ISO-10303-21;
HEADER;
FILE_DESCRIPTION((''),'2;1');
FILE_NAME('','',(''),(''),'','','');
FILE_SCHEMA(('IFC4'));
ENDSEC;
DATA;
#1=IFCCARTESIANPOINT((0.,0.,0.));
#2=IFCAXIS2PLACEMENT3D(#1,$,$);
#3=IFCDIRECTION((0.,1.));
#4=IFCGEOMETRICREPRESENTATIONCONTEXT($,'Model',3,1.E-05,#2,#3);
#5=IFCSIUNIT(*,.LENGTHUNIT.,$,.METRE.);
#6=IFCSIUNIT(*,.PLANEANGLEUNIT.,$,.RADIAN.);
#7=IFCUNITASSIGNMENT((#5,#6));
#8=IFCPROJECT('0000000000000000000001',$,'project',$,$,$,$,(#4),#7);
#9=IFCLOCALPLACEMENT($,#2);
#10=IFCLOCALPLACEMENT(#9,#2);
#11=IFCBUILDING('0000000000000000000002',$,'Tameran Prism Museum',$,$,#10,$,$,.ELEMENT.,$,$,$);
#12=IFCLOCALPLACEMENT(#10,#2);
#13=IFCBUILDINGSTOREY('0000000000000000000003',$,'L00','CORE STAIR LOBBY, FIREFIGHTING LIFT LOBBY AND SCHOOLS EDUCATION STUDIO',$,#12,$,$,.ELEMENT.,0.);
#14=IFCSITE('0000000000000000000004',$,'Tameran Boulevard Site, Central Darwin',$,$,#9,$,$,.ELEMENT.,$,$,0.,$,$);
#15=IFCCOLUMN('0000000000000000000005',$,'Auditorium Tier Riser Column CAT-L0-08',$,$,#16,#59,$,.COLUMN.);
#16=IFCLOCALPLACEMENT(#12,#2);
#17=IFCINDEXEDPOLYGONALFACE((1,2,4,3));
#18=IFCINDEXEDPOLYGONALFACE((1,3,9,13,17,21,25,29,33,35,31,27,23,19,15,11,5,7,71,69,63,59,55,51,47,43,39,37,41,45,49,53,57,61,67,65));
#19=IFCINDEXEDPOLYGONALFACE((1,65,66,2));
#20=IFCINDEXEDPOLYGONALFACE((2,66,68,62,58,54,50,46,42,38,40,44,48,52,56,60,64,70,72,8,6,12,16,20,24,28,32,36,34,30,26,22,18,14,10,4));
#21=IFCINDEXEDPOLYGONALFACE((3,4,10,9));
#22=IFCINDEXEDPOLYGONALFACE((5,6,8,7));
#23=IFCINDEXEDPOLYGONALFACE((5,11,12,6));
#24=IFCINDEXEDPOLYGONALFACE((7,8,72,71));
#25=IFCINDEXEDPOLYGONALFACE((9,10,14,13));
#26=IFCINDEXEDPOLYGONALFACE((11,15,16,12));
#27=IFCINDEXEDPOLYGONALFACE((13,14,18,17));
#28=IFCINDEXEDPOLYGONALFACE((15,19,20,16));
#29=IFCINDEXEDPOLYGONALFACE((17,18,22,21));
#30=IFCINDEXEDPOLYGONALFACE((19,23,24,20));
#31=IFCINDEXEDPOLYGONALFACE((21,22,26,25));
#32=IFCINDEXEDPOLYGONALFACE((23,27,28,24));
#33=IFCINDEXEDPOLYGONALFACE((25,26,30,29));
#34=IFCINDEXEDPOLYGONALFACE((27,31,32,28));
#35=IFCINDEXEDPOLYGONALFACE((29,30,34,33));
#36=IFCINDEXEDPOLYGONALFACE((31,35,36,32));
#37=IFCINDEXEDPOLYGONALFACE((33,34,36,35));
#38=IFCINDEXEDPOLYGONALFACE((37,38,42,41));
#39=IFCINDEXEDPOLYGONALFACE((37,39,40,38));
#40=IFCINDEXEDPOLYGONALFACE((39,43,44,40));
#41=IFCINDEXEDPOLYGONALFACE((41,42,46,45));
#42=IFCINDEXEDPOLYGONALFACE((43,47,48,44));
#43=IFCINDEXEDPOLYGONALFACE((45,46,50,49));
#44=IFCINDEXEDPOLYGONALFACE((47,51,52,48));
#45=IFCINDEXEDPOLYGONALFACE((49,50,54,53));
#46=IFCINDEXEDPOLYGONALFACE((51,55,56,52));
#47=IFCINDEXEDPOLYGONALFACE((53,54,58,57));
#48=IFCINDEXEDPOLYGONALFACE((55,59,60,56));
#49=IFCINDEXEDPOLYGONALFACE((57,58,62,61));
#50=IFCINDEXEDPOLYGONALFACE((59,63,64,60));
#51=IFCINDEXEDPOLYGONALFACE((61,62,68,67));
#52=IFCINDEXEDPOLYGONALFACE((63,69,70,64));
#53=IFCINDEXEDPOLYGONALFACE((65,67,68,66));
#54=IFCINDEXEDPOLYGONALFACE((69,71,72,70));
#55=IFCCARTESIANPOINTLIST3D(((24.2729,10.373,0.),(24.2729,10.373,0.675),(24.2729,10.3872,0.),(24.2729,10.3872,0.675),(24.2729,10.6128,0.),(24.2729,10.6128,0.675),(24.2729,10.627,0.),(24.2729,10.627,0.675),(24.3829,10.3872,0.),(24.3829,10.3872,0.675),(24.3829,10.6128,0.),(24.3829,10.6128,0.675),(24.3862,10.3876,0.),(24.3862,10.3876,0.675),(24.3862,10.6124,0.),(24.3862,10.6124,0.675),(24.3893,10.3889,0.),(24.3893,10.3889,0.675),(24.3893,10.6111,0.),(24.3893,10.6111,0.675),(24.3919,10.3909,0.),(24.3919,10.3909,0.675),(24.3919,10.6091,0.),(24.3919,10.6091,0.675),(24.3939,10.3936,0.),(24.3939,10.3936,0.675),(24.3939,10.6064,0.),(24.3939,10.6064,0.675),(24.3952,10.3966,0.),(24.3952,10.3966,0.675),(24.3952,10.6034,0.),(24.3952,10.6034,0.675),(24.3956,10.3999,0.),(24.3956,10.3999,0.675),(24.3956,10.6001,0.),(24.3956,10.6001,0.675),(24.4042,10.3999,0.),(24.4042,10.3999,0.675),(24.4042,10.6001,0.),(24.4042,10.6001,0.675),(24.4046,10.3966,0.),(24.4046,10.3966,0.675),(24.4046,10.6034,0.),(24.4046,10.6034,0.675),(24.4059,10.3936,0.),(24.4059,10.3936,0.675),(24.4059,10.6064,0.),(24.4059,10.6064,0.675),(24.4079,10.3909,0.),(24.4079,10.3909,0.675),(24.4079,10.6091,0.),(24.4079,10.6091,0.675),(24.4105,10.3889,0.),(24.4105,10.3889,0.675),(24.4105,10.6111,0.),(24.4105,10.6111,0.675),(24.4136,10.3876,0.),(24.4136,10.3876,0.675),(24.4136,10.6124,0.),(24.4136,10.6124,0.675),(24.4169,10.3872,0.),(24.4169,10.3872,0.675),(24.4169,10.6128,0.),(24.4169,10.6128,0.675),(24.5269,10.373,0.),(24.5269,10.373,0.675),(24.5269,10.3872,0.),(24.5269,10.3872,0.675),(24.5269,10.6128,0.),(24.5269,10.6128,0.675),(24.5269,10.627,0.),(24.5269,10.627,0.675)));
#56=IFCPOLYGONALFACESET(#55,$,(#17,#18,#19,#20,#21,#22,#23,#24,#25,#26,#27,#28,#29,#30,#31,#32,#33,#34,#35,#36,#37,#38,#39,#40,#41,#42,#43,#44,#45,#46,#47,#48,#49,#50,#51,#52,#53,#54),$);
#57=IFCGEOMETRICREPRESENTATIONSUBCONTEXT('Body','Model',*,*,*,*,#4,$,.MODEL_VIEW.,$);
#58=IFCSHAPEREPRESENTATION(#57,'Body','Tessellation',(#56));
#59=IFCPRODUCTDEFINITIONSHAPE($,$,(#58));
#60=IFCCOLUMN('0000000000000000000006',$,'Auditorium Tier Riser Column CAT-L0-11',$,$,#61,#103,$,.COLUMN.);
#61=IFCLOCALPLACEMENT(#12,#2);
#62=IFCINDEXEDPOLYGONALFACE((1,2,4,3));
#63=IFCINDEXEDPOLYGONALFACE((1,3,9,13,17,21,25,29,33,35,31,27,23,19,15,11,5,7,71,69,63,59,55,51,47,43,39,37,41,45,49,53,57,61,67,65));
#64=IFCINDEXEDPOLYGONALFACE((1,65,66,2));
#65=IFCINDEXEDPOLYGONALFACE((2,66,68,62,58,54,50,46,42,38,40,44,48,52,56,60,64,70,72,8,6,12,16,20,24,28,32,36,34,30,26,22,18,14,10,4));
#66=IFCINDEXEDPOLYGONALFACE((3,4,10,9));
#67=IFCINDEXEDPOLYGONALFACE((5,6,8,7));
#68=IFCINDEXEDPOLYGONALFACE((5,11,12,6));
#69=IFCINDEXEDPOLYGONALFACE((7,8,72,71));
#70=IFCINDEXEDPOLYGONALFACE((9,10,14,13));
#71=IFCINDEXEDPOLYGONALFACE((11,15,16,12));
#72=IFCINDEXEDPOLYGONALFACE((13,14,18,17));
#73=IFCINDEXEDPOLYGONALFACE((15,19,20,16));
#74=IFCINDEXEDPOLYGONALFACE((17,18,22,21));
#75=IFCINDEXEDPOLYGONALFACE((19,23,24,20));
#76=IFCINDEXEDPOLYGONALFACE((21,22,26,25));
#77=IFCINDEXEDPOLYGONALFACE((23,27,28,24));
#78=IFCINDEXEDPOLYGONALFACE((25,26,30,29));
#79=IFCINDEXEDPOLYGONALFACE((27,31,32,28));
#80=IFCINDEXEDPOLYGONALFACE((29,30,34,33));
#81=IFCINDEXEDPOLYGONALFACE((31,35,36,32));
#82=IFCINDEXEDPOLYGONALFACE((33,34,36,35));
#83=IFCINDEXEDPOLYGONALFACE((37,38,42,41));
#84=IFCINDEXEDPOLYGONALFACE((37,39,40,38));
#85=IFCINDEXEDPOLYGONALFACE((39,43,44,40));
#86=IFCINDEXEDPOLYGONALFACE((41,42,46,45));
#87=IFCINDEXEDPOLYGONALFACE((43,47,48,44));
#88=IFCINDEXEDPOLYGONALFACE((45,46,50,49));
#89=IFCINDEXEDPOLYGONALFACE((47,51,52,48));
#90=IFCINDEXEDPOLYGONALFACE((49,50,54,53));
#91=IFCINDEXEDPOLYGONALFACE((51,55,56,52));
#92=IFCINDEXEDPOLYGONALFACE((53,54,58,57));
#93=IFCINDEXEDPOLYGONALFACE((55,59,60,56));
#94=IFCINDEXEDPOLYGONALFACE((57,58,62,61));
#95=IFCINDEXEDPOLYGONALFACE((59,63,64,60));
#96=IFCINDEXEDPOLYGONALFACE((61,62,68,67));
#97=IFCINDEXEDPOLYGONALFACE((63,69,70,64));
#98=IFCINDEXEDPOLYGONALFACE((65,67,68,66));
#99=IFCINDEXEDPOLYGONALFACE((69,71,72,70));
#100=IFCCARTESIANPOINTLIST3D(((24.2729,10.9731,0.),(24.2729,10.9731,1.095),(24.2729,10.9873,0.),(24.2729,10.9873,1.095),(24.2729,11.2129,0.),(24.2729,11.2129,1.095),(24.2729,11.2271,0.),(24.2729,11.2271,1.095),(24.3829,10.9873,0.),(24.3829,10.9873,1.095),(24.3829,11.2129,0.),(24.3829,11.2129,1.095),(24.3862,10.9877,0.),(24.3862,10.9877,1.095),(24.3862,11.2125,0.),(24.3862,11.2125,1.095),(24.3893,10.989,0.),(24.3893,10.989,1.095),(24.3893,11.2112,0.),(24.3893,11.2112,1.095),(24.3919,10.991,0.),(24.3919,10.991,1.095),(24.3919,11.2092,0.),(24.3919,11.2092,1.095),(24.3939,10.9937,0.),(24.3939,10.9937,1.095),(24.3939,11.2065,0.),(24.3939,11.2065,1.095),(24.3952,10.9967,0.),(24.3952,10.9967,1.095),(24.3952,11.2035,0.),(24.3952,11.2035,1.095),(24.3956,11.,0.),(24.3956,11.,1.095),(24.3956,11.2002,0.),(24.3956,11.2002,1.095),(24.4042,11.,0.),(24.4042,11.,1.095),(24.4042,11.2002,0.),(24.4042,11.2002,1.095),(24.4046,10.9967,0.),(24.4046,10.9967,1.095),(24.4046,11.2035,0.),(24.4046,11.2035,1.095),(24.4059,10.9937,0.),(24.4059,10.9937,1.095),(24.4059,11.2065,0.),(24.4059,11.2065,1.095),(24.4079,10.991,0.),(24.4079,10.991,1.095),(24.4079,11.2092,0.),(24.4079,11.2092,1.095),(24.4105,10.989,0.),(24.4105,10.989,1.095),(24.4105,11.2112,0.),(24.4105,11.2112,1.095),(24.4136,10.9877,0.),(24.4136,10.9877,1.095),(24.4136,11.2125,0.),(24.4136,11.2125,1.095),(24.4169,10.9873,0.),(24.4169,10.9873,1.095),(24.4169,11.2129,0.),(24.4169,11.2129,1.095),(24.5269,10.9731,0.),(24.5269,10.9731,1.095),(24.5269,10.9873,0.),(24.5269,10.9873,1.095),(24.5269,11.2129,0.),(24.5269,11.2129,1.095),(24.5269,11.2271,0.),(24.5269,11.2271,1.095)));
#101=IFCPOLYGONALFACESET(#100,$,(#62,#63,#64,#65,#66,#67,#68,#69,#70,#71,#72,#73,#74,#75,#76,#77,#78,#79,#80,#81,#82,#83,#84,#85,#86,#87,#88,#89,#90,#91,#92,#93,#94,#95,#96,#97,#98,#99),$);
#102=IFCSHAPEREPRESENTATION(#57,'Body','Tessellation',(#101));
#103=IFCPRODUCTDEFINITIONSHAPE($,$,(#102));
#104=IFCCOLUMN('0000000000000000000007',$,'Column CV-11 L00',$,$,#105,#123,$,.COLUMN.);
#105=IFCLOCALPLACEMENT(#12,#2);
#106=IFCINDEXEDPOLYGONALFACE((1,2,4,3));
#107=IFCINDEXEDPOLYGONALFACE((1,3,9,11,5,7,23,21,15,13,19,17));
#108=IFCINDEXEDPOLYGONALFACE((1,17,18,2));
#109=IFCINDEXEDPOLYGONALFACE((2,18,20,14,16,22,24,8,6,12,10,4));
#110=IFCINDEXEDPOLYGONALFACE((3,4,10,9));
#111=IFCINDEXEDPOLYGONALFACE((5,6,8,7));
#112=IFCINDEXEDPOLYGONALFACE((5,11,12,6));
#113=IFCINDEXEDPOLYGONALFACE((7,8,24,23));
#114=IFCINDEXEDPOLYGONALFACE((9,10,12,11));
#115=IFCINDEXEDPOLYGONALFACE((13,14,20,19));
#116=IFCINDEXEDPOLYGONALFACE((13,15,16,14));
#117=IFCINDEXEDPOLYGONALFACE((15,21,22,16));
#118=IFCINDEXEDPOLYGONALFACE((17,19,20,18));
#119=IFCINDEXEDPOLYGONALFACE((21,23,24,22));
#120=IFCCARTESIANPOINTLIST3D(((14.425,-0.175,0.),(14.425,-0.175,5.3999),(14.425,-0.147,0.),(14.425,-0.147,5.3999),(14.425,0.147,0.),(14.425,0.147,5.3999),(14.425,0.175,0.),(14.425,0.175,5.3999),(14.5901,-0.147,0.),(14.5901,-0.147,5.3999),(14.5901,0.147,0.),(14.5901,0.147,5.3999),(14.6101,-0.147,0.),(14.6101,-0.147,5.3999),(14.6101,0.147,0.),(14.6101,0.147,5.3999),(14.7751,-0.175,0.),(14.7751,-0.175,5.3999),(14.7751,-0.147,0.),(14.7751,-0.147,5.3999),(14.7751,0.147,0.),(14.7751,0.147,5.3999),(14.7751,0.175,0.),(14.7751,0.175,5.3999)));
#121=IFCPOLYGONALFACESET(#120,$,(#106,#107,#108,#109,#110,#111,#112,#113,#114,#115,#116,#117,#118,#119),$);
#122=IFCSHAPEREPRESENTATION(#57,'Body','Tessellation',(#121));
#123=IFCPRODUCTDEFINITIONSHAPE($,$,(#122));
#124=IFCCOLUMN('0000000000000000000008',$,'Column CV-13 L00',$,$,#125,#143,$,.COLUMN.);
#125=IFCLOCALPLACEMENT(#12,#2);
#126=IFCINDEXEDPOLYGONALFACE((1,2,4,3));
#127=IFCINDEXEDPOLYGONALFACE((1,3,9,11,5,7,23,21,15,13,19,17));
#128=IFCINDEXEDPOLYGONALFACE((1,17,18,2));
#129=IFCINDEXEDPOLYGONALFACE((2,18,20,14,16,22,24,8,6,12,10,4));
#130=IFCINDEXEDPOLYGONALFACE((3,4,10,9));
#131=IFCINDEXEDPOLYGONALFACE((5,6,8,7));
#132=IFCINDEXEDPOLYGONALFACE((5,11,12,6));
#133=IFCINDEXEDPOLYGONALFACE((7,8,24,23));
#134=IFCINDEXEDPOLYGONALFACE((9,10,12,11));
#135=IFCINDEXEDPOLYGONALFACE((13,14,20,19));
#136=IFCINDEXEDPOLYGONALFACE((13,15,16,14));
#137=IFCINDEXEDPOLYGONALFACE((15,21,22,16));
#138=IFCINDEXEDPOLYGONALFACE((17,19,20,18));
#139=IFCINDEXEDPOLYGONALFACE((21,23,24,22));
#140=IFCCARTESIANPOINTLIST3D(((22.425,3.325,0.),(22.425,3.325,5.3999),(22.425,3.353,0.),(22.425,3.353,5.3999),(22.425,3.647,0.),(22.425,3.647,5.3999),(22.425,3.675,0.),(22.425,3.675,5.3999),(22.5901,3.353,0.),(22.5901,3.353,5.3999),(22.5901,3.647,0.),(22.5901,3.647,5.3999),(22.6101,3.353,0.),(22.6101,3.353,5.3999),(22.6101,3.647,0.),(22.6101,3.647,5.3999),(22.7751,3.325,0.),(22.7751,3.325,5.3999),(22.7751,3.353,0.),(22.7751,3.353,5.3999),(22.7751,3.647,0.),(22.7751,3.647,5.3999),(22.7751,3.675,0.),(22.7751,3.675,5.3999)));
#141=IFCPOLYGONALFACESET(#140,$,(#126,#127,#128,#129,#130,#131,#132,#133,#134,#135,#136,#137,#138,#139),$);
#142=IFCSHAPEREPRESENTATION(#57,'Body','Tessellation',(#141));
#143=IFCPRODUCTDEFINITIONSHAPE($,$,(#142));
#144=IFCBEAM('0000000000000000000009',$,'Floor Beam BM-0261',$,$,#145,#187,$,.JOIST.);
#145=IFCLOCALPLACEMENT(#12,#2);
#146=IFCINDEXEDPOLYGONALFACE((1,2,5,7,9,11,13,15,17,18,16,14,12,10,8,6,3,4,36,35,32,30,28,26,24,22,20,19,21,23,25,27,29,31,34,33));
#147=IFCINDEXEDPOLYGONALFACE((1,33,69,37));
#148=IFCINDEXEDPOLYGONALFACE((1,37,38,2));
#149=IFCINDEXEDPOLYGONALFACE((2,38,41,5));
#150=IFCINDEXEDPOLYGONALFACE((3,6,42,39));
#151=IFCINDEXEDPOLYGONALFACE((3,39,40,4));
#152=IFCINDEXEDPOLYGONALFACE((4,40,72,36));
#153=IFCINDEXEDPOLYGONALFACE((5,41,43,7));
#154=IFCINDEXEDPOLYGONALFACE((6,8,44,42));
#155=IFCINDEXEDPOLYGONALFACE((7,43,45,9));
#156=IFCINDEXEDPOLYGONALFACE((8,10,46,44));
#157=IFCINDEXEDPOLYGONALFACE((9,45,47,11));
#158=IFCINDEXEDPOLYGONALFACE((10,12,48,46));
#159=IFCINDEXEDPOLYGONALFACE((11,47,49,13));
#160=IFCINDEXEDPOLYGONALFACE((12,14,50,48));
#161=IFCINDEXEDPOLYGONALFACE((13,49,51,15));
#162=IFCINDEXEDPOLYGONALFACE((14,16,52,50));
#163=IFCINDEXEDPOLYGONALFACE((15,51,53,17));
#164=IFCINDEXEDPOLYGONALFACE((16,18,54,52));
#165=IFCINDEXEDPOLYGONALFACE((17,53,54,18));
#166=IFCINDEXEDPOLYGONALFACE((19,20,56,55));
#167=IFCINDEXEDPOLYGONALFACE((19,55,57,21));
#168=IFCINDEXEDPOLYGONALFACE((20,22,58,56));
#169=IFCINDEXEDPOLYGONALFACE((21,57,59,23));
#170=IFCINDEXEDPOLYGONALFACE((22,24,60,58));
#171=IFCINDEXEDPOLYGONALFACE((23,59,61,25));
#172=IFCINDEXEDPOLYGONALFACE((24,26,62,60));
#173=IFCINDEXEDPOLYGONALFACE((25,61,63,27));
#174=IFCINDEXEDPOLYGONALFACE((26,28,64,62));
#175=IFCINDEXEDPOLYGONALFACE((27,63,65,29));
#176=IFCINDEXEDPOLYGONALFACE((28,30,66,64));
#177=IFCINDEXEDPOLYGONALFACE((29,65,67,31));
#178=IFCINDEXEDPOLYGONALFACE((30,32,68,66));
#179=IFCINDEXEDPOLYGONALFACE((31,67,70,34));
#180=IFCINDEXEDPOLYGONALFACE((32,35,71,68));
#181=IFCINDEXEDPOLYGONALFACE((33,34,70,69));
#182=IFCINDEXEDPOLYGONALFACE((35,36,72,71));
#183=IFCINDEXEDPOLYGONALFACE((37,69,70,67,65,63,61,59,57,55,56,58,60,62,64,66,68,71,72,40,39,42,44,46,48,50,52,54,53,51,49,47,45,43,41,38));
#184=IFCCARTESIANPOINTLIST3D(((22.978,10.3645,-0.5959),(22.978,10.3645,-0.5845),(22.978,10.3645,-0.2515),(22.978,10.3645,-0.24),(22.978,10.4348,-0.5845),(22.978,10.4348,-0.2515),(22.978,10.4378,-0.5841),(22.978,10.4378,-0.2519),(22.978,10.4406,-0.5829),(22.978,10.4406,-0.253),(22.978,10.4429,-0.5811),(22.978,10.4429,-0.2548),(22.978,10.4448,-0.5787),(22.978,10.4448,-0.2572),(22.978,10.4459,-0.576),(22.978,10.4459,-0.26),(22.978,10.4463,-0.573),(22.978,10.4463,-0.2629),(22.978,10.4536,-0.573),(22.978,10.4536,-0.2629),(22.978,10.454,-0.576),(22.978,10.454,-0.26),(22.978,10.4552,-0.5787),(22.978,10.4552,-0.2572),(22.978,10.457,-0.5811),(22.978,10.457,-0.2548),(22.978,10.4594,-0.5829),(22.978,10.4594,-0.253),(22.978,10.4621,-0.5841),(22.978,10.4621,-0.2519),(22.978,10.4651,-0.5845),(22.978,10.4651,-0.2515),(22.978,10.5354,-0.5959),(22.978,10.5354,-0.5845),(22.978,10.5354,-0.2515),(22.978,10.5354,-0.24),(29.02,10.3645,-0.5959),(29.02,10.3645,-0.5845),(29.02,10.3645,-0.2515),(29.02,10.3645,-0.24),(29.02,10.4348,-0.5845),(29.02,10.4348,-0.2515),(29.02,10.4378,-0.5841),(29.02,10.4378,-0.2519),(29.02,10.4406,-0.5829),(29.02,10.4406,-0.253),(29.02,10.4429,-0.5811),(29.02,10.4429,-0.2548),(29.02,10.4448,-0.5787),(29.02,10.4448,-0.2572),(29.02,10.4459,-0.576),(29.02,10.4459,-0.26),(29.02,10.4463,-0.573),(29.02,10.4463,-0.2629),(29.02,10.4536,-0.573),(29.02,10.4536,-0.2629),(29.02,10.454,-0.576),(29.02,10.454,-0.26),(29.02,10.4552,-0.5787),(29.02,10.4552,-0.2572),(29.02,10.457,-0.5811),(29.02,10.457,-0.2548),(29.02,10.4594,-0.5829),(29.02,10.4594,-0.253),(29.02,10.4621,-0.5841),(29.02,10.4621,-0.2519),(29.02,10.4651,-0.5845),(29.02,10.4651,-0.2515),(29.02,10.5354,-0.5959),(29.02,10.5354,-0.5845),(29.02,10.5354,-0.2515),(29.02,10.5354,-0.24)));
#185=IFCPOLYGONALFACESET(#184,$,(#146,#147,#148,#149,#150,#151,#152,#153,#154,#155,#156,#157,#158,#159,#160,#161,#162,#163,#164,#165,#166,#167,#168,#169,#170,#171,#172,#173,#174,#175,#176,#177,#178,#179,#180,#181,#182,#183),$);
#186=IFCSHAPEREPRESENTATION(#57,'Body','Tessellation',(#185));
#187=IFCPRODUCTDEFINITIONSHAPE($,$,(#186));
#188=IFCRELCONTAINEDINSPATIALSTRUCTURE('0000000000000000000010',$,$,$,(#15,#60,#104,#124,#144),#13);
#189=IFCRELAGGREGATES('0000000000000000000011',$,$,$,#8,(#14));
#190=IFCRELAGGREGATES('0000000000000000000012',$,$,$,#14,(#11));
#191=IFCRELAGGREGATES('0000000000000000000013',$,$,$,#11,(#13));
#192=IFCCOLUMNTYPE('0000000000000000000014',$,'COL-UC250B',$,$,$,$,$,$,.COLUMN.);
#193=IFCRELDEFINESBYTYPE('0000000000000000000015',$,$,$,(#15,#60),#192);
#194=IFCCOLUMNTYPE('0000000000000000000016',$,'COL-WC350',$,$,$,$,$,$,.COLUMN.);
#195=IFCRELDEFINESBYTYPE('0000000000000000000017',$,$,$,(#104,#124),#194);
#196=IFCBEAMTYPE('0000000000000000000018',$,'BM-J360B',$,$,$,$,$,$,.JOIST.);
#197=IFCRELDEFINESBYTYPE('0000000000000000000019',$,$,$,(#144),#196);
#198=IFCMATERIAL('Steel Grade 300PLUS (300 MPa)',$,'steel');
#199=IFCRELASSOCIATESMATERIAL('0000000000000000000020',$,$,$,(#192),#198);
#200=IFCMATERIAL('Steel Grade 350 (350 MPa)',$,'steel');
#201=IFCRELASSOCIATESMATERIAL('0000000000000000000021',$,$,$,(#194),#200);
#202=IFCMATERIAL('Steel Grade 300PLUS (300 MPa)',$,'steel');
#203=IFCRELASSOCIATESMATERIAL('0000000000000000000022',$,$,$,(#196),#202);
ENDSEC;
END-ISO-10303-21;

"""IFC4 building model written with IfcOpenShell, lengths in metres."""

from ifc_helpers import new_model, si_unit, direction, frame, origin, origin_2d, place, context, subcontext, project, spatial, i_section, extrude, material, material_profile, profile_set, type_object, element, save


model = new_model("IFC4")

# Units and contexts
model_context = context("Model", 3, precision=1e-05, world=origin(), true_north=direction((0.0, 1.0)))
body_context = subcontext(model_context, "Body", "Model", "MODEL_VIEW")
ifc_project = project(units=[si_unit("LENGTHUNIT", "METRE"), si_unit("PLANEANGLEUNIT", "RADIAN")], contexts=[model_context])

# Site, building, storey
site_placement = place(None, origin())
site = spatial("IfcSite", under=ifc_project, at=site_placement, Name="Tameran Boulevard Site, Central Darwin", CompositionType="ELEMENT", RefElevation=0.0)
building_placement = place(site_placement, origin())
building = spatial("IfcBuilding", under=site, at=building_placement, Name="Tameran Prism Museum", CompositionType="ELEMENT")
storey_placement = place(building_placement, origin())
storey = spatial("IfcBuildingStorey", under=building, at=storey_placement, Name="L00", Description="CORE STAIR LOBBY, FIREFIGHTING LIFT LOBBY AND SCHOOLS EDUCATION STUDIO", CompositionType="ELEMENT", Elevation=0.0)

# Columns
ifc_material_1 = material(Name="Steel Grade 300PLUS (300 MPa)", Category="steel")
ifc_material_profile_1 = material_profile(ifc_material_1, i_section(OverallWidth=0.2539, OverallDepth=0.2539, WebThickness=0.0085, FlangeThickness=0.0142, FilletRadius=0.0127, at=origin_2d()))
ifc_profile_set_1 = profile_set([ifc_material_profile_1])
column_type_1 = type_object("IfcColumnType", Name="COL-UC250B", PredefinedType="COLUMN", material=ifc_profile_set_1)
for number, where, z_axis, x_axis, name in (
    (1, (24.3999, 10.5, 0.0), (0.0, 0.0, 1.0), (1.0, 0.0, 0.0), "Auditorium Tier Riser Column CAT-L0-08"),
):
    element("IfcColumn", number, at=place(storey_placement, frame(where, z_axis=z_axis, x_axis=x_axis)), inside=storey, type_object=column_type_1, Name=name, PredefinedType="COLUMN", context=body_context, shape_type="SweptSolid", body=[
        extrude(i_section(OverallWidth=0.2539, OverallDepth=0.2539, WebThickness=0.0085, FlangeThickness=0.0142, FilletRadius=0.0127, at=origin_2d()), origin(), (0.0, 0.0, 1.0), 0.675),
    ])
column_1_placement = place(storey_placement, frame((24.3999, 11.1001, 0.0), z_axis=(0.0, 0.0, 1.0), x_axis=(1.0, 0.0, 0.0)))
element("IfcColumn", 2, at=column_1_placement, inside=storey, type_object=column_type_1, Name="Auditorium Tier Riser Column CAT-L0-11", PredefinedType="COLUMN", context=body_context, shape_type="SweptSolid", body=[
    extrude(i_section(OverallWidth=0.2539, OverallDepth=0.2539, WebThickness=0.0085, FlangeThickness=0.0142, FilletRadius=0.0127, at=origin_2d()), origin(), (0.0, 0.0, 1.0), 1.095),
])
ifc_material_2 = material(Name="Steel Grade 350 (350 MPa)", Category="steel")
ifc_material_profile_2 = material_profile(ifc_material_2, i_section(OverallWidth=0.3501, OverallDepth=0.3501, WebThickness=0.02, FlangeThickness=0.0281, at=origin_2d()))
ifc_profile_set_2 = profile_set([ifc_material_profile_2])
column_type_2 = type_object("IfcColumnType", Name="COL-WC350", PredefinedType="COLUMN", material=ifc_profile_set_2)
for number, where, z_axis, x_axis, name in (
    (3, (14.6001, 0.0, 0.0), (0.0, 0.0, 1.0), (1.0, 0.0, 0.0), "Column CV-11 L00"),
    (4, (22.6001, 3.5, 0.0), (0.0, 0.0, 1.0), (1.0, 0.0, 0.0), "Column CV-13 L00"),
):
    element("IfcColumn", number, at=place(storey_placement, frame(where, z_axis=z_axis, x_axis=x_axis)), inside=storey, type_object=column_type_2, Name=name, PredefinedType="COLUMN", context=body_context, shape_type="SweptSolid", body=[
        extrude(i_section(OverallWidth=0.3501, OverallDepth=0.3501, WebThickness=0.02, FlangeThickness=0.0281, at=origin_2d()), origin(), (0.0, 0.0, 1.0), 5.3999),
    ])

# Beam
ifc_material_3 = material(Name="Steel Grade 300PLUS (300 MPa)", Category="steel")
ifc_material_profile_3 = material_profile(ifc_material_3, i_section(OverallWidth=0.1709, OverallDepth=0.356, WebThickness=0.0073, FlangeThickness=0.0115, FilletRadius=0.0115, at=origin_2d()))
ifc_profile_set_3 = profile_set([ifc_material_profile_3])
beam_type_1 = type_object("IfcBeamType", Name="BM-J360B", PredefinedType="JOIST", material=ifc_profile_set_3)
beam_1_placement = place(storey_placement, frame((22.978, 10.45, -0.418), z_axis=(1.0, 0.0, 0.0), x_axis=(0.0, 1.0, 0.0)))
element("IfcBeam", 5, at=beam_1_placement, inside=storey, type_object=beam_type_1, Name="Floor Beam BM-0261", PredefinedType="JOIST", context=body_context, shape_type="SweptSolid", body=[
    extrude(i_section(OverallWidth=0.1709, OverallDepth=0.356, WebThickness=0.0073, FlangeThickness=0.0115, FilletRadius=0.0115, at=origin_2d()), origin(), (0.0, 0.0, 1.0), 6.042),
])

save(model, "model.ifc")
